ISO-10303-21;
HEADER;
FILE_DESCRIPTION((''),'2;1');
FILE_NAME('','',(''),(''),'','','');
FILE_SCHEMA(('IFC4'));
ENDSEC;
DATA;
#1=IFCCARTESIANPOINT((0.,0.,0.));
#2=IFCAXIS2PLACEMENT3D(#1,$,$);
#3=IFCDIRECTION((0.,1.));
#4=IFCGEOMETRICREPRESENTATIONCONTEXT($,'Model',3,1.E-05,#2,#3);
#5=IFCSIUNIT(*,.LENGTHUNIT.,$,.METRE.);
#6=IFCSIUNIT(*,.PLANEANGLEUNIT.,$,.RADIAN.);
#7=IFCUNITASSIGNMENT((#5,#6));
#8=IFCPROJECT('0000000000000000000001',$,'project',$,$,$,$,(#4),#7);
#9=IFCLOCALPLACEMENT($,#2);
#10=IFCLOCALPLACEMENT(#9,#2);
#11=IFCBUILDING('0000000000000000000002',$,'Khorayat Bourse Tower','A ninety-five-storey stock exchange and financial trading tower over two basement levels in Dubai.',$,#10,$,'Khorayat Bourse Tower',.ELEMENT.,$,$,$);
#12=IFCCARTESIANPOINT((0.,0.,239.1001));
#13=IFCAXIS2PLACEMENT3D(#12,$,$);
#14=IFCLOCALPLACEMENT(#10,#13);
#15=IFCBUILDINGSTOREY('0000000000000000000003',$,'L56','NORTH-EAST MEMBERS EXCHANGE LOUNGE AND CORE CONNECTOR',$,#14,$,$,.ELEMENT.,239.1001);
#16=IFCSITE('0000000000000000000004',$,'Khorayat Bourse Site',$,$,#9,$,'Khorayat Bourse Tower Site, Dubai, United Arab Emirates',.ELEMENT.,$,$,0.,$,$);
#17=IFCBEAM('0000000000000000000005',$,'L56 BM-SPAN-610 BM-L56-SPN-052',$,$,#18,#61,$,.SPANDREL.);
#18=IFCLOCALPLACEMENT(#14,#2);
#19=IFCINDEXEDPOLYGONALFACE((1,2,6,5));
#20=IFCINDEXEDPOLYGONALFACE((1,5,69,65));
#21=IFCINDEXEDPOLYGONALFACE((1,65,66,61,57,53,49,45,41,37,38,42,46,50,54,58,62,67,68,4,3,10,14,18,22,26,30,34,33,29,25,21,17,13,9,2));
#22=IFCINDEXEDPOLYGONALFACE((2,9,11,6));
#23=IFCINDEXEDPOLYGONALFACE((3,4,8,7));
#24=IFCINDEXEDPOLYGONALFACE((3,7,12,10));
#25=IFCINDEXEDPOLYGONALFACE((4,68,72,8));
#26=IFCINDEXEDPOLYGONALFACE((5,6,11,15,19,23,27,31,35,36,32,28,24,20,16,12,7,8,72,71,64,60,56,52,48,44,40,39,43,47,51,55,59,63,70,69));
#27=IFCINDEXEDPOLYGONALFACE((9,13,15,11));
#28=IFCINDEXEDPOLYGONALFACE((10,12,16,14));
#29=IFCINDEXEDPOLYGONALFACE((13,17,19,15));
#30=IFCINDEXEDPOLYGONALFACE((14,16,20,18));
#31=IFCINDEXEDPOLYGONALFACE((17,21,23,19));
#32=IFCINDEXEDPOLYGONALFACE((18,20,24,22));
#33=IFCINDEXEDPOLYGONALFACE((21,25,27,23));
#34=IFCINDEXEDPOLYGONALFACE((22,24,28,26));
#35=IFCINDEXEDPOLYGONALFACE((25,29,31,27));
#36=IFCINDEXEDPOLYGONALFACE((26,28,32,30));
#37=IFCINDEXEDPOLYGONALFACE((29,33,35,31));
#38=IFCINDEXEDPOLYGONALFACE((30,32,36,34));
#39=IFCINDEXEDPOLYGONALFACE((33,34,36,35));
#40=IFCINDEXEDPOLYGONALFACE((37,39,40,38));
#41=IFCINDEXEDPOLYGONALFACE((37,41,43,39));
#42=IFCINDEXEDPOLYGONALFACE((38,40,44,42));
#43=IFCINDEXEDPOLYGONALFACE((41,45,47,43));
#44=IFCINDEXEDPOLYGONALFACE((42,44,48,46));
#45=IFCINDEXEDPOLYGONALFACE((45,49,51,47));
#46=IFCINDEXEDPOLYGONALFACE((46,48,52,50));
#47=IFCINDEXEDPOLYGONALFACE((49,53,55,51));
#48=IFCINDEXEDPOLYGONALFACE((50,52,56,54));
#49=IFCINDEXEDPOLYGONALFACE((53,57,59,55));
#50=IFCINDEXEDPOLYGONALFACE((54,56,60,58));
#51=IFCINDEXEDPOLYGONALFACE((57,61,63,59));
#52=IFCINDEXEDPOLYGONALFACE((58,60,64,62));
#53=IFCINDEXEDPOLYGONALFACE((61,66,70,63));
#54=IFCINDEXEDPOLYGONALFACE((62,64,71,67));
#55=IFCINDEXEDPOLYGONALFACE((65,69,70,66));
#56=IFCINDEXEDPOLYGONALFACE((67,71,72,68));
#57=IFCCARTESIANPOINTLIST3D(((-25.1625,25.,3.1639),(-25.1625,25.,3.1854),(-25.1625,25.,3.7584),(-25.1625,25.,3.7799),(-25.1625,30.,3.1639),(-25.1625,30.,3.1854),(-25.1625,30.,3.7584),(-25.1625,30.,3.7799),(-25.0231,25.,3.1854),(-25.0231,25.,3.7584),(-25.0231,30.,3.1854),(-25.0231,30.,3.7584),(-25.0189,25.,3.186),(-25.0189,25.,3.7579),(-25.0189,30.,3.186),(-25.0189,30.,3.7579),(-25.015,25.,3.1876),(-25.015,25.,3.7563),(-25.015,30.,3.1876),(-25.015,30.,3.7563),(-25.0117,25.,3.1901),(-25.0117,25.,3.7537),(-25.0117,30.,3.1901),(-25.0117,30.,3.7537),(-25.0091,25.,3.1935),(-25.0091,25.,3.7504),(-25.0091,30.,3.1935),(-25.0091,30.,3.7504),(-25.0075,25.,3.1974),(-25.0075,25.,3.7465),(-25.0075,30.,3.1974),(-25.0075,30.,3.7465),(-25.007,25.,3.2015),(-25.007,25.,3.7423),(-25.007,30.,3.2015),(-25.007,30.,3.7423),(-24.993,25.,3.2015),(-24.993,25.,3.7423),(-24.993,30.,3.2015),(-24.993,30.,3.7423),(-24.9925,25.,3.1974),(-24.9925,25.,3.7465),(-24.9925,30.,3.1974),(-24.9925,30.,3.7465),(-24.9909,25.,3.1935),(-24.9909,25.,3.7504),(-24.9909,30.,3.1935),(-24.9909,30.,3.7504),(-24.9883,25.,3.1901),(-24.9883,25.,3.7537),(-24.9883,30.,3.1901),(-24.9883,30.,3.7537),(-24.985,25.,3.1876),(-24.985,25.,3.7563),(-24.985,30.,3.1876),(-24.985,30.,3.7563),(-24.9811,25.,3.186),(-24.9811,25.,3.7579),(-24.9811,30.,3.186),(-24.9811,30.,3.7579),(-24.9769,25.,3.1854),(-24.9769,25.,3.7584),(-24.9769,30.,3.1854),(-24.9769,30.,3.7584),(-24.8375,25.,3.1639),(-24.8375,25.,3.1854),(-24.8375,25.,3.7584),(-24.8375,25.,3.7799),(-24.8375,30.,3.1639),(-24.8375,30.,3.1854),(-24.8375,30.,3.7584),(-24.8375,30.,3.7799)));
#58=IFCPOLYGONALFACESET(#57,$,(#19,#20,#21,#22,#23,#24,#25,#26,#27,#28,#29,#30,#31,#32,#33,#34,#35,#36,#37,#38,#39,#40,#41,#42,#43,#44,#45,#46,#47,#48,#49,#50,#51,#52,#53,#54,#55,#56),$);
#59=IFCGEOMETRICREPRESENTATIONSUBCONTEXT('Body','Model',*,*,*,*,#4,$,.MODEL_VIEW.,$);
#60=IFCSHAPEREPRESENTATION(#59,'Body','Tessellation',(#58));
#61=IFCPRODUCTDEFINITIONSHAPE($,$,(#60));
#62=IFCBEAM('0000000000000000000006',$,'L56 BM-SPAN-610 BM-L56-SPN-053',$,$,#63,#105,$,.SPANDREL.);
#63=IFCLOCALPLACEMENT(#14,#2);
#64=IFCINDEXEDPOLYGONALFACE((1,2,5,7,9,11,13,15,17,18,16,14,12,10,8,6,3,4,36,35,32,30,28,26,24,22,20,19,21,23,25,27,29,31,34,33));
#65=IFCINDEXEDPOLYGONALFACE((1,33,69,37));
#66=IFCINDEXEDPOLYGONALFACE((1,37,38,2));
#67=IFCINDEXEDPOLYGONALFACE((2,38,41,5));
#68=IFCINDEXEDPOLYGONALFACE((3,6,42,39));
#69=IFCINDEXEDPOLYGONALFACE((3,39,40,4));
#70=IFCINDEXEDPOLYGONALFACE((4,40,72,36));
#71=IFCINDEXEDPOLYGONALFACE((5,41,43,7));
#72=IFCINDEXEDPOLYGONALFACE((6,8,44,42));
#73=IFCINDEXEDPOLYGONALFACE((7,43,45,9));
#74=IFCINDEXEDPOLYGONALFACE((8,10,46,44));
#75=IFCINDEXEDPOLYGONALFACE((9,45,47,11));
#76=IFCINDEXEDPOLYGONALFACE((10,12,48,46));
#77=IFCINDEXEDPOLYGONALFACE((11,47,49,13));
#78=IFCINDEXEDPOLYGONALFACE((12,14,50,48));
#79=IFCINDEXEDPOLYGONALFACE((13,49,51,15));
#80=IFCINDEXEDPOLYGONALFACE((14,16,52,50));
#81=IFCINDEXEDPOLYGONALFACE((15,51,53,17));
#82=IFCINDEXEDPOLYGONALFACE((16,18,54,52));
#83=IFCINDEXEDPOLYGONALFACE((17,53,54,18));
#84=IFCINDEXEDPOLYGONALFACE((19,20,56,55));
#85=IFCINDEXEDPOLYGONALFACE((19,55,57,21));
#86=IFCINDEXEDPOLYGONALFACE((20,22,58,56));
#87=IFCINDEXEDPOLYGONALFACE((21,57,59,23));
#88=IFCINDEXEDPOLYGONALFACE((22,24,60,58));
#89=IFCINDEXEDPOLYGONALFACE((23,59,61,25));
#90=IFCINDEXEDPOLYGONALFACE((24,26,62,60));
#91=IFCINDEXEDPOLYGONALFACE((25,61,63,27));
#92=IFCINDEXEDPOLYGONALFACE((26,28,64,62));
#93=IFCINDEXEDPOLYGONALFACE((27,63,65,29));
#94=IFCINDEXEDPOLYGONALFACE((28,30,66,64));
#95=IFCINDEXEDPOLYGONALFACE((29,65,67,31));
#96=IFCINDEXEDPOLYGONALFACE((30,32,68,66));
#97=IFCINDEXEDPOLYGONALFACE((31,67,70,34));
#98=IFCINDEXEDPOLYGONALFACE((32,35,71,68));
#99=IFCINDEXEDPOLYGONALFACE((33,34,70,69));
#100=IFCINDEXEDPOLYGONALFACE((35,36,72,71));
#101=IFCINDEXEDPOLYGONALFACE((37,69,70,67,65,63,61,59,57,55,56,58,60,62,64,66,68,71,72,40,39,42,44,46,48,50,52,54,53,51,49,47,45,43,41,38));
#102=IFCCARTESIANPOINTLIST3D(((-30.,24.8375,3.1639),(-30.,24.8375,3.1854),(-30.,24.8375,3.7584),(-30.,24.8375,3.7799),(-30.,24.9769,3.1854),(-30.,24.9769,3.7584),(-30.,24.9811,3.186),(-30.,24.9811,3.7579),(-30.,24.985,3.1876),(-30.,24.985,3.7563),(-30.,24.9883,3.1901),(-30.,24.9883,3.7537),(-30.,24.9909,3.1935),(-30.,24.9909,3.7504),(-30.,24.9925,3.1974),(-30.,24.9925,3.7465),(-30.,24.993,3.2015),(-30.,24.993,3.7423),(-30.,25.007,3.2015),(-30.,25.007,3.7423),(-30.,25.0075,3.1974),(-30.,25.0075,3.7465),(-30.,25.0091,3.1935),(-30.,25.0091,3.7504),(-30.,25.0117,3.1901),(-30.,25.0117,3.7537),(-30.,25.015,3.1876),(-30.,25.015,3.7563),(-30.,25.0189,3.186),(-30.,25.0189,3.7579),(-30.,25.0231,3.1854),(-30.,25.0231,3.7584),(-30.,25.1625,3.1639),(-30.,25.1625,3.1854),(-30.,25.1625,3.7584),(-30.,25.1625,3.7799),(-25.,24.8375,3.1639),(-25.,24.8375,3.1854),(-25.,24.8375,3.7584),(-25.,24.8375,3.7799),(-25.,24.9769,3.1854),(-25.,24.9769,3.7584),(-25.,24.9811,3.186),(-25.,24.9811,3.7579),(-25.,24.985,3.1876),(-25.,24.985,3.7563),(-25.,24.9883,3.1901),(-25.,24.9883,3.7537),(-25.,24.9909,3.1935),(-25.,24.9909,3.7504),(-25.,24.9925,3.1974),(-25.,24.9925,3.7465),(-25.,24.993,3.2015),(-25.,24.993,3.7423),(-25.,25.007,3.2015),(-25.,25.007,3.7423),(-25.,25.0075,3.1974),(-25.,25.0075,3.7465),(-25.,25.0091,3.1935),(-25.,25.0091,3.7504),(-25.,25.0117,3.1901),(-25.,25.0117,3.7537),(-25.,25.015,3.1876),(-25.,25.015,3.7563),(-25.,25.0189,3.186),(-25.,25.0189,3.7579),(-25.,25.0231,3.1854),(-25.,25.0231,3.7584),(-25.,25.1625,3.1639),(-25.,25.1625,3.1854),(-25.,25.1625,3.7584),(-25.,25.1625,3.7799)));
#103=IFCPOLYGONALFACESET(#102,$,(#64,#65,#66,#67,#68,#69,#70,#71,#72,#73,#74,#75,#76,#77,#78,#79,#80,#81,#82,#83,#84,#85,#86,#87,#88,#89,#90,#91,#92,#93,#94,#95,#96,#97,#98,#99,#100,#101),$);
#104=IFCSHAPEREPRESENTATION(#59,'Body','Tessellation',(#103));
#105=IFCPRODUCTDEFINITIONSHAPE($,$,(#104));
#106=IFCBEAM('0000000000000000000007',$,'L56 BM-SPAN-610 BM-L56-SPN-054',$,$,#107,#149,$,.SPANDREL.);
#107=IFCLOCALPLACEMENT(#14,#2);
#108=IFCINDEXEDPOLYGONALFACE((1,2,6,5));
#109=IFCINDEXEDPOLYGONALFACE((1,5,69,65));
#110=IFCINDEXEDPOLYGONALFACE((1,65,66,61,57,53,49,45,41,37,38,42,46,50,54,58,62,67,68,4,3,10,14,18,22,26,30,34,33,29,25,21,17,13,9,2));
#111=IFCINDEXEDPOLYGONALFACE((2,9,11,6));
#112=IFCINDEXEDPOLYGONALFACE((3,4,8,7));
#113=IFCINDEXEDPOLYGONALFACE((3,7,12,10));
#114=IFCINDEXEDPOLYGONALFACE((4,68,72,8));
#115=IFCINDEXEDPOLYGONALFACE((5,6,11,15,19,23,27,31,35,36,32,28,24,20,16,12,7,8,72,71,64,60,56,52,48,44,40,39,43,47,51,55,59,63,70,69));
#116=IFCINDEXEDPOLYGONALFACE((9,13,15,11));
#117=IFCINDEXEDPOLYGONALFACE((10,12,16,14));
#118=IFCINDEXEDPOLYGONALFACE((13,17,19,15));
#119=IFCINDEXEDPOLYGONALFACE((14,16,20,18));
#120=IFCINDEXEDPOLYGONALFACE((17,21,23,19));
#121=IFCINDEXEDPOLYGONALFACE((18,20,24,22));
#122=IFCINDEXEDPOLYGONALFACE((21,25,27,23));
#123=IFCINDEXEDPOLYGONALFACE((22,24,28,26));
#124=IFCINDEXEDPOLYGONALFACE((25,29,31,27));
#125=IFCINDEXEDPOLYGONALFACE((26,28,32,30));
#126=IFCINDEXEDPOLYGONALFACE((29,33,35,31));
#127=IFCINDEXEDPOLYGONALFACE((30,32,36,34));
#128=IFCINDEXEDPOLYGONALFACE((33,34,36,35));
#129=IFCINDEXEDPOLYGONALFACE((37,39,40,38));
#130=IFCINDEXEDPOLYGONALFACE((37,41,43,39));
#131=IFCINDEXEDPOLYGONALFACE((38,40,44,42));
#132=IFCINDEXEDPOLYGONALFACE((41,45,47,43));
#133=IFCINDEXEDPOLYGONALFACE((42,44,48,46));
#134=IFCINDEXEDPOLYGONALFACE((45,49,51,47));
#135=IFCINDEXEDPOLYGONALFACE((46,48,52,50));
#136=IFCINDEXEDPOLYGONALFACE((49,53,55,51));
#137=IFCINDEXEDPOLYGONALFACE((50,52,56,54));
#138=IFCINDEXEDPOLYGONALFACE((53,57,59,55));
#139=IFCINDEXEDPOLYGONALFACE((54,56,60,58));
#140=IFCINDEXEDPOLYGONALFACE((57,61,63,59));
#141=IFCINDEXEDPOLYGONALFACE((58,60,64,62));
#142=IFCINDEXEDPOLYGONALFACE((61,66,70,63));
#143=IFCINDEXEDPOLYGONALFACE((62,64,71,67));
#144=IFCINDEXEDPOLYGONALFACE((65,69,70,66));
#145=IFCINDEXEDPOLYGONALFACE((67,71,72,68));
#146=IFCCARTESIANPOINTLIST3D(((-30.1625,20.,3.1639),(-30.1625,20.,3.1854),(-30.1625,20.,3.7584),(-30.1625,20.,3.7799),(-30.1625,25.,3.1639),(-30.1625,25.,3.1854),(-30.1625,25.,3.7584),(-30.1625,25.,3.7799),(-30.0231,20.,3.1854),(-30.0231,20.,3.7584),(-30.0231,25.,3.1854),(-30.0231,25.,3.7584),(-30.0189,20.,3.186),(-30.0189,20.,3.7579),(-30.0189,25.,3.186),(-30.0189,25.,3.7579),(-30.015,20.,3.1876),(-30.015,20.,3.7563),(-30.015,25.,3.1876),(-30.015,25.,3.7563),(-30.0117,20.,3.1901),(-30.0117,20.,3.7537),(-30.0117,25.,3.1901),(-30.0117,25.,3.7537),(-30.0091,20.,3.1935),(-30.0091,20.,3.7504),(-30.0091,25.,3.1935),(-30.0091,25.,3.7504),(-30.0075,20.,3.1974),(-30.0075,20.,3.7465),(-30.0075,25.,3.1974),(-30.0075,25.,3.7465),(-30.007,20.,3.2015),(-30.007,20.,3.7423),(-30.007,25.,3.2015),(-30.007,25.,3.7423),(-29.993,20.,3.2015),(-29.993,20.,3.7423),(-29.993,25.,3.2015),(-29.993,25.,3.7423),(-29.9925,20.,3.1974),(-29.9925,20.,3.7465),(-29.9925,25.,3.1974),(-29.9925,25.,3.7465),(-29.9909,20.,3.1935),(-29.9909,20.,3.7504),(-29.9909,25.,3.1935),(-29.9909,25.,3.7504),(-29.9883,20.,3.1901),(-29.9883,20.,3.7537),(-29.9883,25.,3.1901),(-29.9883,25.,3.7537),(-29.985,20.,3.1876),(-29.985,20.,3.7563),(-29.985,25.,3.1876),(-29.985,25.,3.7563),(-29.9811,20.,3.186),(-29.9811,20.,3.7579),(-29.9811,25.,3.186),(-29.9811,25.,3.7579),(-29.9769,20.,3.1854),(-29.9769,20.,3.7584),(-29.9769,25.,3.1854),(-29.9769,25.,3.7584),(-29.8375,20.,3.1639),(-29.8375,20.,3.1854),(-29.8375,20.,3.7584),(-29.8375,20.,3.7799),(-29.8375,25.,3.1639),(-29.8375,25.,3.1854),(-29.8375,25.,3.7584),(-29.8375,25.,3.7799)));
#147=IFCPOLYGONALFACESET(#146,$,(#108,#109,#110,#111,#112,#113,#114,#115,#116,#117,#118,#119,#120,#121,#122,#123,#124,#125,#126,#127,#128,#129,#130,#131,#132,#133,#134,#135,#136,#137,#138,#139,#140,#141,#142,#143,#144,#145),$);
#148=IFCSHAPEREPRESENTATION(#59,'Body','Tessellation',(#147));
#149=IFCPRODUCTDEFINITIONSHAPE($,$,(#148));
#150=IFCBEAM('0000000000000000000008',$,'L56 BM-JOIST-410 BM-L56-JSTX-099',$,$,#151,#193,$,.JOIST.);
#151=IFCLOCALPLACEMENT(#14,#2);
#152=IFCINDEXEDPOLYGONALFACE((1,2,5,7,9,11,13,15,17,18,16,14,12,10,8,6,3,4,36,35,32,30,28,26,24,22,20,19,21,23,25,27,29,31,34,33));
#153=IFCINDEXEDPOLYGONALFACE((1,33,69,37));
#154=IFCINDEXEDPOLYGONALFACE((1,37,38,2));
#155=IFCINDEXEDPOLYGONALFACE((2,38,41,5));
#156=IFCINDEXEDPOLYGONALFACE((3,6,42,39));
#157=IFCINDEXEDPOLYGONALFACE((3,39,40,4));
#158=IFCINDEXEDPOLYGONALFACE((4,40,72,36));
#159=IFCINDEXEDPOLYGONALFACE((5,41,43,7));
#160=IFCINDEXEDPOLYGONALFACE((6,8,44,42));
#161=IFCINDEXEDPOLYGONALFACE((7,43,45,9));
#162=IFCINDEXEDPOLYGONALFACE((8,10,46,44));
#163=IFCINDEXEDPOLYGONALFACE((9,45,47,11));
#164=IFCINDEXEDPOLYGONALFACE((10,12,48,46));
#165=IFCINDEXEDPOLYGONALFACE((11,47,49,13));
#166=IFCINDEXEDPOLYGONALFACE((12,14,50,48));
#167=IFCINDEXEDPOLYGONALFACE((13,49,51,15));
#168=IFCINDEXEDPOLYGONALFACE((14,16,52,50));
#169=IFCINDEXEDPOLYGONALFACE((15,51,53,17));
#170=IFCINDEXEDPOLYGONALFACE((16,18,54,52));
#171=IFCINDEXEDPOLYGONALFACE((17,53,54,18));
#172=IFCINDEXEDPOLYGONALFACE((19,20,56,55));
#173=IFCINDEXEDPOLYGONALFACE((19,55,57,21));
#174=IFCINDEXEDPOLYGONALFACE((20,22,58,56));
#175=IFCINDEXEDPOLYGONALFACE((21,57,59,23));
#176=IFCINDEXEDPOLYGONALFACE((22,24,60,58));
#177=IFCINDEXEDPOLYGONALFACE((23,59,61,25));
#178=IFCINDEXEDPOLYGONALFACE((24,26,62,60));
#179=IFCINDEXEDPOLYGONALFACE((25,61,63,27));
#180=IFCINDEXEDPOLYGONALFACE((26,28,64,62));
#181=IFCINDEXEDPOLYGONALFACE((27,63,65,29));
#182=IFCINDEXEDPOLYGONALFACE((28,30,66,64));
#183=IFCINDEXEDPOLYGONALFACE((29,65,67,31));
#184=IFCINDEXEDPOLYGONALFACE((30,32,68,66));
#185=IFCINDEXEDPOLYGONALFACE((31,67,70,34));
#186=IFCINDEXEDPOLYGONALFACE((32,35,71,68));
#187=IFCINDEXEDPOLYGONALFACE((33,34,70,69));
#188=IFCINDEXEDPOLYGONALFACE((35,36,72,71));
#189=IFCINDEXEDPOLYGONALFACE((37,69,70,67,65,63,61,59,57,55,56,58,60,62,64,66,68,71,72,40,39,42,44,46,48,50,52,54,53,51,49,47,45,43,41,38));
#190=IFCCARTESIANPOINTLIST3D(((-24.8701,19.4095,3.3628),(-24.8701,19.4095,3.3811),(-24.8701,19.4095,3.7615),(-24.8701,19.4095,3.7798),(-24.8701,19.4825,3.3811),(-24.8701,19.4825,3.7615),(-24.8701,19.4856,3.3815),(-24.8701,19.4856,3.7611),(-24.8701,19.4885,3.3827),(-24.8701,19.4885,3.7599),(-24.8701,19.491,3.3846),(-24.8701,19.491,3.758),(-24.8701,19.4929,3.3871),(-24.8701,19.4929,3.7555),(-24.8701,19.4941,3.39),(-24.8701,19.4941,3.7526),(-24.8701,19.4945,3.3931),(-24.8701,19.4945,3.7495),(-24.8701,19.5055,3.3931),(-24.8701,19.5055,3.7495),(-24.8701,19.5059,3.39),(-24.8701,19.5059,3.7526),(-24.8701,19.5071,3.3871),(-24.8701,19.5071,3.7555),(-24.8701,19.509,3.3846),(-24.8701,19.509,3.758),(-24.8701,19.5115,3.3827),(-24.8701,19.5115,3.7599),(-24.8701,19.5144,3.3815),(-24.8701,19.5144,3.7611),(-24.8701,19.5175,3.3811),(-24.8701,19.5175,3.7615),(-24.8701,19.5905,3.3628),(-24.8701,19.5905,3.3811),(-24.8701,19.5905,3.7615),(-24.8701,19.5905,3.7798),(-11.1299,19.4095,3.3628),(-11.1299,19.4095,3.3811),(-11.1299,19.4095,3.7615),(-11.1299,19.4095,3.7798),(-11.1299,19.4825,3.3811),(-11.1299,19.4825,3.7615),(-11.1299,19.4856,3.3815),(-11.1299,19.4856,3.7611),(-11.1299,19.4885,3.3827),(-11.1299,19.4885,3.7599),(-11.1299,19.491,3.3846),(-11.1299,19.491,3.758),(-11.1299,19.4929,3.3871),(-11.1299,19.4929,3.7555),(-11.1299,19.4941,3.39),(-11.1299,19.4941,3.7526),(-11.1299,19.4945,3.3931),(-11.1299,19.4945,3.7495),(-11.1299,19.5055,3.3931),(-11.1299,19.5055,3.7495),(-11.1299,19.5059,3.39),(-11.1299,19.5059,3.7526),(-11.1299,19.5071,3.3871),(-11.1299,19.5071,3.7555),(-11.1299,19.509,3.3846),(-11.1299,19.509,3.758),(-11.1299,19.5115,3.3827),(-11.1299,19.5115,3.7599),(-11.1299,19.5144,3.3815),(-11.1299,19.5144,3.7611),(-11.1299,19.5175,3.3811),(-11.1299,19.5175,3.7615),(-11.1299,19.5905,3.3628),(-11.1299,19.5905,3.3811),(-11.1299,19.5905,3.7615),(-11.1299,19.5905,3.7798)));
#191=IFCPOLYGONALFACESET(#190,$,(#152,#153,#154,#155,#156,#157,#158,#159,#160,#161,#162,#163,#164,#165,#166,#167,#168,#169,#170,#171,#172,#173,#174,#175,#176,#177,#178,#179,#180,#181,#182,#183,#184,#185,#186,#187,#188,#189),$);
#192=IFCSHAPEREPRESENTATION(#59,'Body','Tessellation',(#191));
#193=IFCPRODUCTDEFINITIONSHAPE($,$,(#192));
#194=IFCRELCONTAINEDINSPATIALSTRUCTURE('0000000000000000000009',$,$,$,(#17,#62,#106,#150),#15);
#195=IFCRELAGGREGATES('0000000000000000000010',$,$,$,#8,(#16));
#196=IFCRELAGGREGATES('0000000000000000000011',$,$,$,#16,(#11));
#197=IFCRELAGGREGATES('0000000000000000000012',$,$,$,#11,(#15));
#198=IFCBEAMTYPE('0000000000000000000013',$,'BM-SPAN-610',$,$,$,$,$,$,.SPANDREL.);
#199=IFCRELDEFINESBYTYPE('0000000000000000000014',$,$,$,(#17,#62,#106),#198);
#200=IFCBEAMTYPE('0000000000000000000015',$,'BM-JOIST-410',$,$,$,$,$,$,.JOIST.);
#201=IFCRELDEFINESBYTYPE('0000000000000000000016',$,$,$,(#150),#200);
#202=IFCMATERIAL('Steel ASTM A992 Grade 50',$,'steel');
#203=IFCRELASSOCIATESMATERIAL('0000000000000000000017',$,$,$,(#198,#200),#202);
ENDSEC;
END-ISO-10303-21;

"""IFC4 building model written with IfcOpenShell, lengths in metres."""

from ifc_helpers import new_model, si_unit, direction, frame, origin, origin_2d, place, context, subcontext, project, spatial, i_section, extrude, source, transform, mapped, material, material_profile, profile_set, type_object, element, save


model = new_model("IFC4")

# Units and contexts
model_context = context("Model", 3, precision=1e-05, world=origin(), true_north=direction((0.0, 1.0)))
body_context = subcontext(model_context, "Body", "Model", "MODEL_VIEW")
ifc_project = project(units=[si_unit("LENGTHUNIT", "METRE"), si_unit("PLANEANGLEUNIT", "RADIAN")], contexts=[model_context])

# Site, building, storey
site_placement = place(None, origin())
site = spatial("IfcSite", under=ifc_project, at=site_placement, Name="Khorayat Bourse Site", LongName="Khorayat Bourse Tower Site, Dubai, United Arab Emirates", CompositionType="ELEMENT", RefElevation=0.0)
building_placement = place(site_placement, origin())
building = spatial("IfcBuilding", under=site, at=building_placement, Name="Khorayat Bourse Tower", Description="A ninety-five-storey stock exchange and financial trading tower over two basement levels in Dubai.", LongName="Khorayat Bourse Tower", CompositionType="ELEMENT")
storey_placement = place(building_placement, frame((0.0, 0.0, 239.1001)))
storey = spatial("IfcBuildingStorey", under=building, at=storey_placement, Name="L56", Description="NORTH-EAST MEMBERS EXCHANGE LOUNGE AND CORE CONNECTOR", CompositionType="ELEMENT", Elevation=239.1001)

# Beams
ifc_material_1 = material(Name="Steel ASTM A992 Grade 50", Category="steel")
ifc_material_profile_1 = material_profile(ifc_material_1, i_section(OverallWidth=0.325, OverallDepth=0.616, WebThickness=0.0139, FlangeThickness=0.0215, FilletRadius=0.0161, at=origin_2d()), Name="W610X174")
ifc_profile_set_1 = profile_set([ifc_material_profile_1], Name="Steel ASTM A992 Grade 50")
beam_type_1 = type_object("IfcBeamType", Name="BM-SPAN-610", PredefinedType="SPANDREL", material=ifc_profile_set_1)
shared_shape_1 = source(origin(), body_context, "Body", "SweptSolid", [
    extrude(i_section(OverallWidth=0.325, OverallDepth=0.616, WebThickness=0.0139, FlangeThickness=0.0215, FilletRadius=0.0161, at=origin_2d()), origin(), (0.0, 0.0, 1.0), 5.0),
])
for number, where, z_axis, x_axis, name in (
    (1, (-25.0, 25.0, 3.4719), (0.0, 1.0, 0.0), (-1.0, 0.0, 0.0), "L56 BM-SPAN-610 BM-L56-SPN-052"),
    (2, (-30.0, 25.0, 3.4719), (1.0, 0.0, 0.0), (0.0, 1.0, 0.0), "L56 BM-SPAN-610 BM-L56-SPN-053"),
    (3, (-30.0, 20.0, 3.4719), (0.0, 1.0, 0.0), (-1.0, 0.0, 0.0), "L56 BM-SPAN-610 BM-L56-SPN-054"),
):
    element("IfcBeam", number, at=place(storey_placement, frame(where, z_axis=z_axis, x_axis=x_axis)), inside=storey, type_object=beam_type_1, Name=name, PredefinedType="SPANDREL", context=body_context, shape_type="MappedRepresentation", body=[
        mapped(shared_shape_1, transform((0.0, 0.0, 0.0), scale=1.0)),
    ])
ifc_material_profile_2 = material_profile(ifc_material_1, i_section(OverallWidth=0.1809, OverallDepth=0.417, WebThickness=0.011, FlangeThickness=0.0183, FilletRadius=0.012, at=origin_2d()), Name="W410X85")
ifc_profile_set_2 = profile_set([ifc_material_profile_2], Name="Steel ASTM A992 Grade 50")
beam_type_2 = type_object("IfcBeamType", Name="BM-JOIST-410", PredefinedType="JOIST", material=ifc_profile_set_2)
shared_shape_2 = source(origin(), body_context, "Body", "SweptSolid", [
    extrude(i_section(OverallWidth=0.1809, OverallDepth=0.417, WebThickness=0.011, FlangeThickness=0.0183, FilletRadius=0.012, at=origin_2d()), origin(), (0.0, 0.0, 1.0), 13.7402),
])
beam_1_placement = place(storey_placement, frame((-24.8701, 19.5, 3.5713), z_axis=(1.0, 0.0, 0.0), x_axis=(0.0, 1.0, 0.0)))
element("IfcBeam", 4, at=beam_1_placement, inside=storey, type_object=beam_type_2, Name="L56 BM-JOIST-410 BM-L56-JSTX-099", PredefinedType="JOIST", context=body_context, shape_type="MappedRepresentation", body=[
    mapped(shared_shape_2, transform((0.0, 0.0, 0.0), scale=1.0)),
])

save(model, "model.ifc")
